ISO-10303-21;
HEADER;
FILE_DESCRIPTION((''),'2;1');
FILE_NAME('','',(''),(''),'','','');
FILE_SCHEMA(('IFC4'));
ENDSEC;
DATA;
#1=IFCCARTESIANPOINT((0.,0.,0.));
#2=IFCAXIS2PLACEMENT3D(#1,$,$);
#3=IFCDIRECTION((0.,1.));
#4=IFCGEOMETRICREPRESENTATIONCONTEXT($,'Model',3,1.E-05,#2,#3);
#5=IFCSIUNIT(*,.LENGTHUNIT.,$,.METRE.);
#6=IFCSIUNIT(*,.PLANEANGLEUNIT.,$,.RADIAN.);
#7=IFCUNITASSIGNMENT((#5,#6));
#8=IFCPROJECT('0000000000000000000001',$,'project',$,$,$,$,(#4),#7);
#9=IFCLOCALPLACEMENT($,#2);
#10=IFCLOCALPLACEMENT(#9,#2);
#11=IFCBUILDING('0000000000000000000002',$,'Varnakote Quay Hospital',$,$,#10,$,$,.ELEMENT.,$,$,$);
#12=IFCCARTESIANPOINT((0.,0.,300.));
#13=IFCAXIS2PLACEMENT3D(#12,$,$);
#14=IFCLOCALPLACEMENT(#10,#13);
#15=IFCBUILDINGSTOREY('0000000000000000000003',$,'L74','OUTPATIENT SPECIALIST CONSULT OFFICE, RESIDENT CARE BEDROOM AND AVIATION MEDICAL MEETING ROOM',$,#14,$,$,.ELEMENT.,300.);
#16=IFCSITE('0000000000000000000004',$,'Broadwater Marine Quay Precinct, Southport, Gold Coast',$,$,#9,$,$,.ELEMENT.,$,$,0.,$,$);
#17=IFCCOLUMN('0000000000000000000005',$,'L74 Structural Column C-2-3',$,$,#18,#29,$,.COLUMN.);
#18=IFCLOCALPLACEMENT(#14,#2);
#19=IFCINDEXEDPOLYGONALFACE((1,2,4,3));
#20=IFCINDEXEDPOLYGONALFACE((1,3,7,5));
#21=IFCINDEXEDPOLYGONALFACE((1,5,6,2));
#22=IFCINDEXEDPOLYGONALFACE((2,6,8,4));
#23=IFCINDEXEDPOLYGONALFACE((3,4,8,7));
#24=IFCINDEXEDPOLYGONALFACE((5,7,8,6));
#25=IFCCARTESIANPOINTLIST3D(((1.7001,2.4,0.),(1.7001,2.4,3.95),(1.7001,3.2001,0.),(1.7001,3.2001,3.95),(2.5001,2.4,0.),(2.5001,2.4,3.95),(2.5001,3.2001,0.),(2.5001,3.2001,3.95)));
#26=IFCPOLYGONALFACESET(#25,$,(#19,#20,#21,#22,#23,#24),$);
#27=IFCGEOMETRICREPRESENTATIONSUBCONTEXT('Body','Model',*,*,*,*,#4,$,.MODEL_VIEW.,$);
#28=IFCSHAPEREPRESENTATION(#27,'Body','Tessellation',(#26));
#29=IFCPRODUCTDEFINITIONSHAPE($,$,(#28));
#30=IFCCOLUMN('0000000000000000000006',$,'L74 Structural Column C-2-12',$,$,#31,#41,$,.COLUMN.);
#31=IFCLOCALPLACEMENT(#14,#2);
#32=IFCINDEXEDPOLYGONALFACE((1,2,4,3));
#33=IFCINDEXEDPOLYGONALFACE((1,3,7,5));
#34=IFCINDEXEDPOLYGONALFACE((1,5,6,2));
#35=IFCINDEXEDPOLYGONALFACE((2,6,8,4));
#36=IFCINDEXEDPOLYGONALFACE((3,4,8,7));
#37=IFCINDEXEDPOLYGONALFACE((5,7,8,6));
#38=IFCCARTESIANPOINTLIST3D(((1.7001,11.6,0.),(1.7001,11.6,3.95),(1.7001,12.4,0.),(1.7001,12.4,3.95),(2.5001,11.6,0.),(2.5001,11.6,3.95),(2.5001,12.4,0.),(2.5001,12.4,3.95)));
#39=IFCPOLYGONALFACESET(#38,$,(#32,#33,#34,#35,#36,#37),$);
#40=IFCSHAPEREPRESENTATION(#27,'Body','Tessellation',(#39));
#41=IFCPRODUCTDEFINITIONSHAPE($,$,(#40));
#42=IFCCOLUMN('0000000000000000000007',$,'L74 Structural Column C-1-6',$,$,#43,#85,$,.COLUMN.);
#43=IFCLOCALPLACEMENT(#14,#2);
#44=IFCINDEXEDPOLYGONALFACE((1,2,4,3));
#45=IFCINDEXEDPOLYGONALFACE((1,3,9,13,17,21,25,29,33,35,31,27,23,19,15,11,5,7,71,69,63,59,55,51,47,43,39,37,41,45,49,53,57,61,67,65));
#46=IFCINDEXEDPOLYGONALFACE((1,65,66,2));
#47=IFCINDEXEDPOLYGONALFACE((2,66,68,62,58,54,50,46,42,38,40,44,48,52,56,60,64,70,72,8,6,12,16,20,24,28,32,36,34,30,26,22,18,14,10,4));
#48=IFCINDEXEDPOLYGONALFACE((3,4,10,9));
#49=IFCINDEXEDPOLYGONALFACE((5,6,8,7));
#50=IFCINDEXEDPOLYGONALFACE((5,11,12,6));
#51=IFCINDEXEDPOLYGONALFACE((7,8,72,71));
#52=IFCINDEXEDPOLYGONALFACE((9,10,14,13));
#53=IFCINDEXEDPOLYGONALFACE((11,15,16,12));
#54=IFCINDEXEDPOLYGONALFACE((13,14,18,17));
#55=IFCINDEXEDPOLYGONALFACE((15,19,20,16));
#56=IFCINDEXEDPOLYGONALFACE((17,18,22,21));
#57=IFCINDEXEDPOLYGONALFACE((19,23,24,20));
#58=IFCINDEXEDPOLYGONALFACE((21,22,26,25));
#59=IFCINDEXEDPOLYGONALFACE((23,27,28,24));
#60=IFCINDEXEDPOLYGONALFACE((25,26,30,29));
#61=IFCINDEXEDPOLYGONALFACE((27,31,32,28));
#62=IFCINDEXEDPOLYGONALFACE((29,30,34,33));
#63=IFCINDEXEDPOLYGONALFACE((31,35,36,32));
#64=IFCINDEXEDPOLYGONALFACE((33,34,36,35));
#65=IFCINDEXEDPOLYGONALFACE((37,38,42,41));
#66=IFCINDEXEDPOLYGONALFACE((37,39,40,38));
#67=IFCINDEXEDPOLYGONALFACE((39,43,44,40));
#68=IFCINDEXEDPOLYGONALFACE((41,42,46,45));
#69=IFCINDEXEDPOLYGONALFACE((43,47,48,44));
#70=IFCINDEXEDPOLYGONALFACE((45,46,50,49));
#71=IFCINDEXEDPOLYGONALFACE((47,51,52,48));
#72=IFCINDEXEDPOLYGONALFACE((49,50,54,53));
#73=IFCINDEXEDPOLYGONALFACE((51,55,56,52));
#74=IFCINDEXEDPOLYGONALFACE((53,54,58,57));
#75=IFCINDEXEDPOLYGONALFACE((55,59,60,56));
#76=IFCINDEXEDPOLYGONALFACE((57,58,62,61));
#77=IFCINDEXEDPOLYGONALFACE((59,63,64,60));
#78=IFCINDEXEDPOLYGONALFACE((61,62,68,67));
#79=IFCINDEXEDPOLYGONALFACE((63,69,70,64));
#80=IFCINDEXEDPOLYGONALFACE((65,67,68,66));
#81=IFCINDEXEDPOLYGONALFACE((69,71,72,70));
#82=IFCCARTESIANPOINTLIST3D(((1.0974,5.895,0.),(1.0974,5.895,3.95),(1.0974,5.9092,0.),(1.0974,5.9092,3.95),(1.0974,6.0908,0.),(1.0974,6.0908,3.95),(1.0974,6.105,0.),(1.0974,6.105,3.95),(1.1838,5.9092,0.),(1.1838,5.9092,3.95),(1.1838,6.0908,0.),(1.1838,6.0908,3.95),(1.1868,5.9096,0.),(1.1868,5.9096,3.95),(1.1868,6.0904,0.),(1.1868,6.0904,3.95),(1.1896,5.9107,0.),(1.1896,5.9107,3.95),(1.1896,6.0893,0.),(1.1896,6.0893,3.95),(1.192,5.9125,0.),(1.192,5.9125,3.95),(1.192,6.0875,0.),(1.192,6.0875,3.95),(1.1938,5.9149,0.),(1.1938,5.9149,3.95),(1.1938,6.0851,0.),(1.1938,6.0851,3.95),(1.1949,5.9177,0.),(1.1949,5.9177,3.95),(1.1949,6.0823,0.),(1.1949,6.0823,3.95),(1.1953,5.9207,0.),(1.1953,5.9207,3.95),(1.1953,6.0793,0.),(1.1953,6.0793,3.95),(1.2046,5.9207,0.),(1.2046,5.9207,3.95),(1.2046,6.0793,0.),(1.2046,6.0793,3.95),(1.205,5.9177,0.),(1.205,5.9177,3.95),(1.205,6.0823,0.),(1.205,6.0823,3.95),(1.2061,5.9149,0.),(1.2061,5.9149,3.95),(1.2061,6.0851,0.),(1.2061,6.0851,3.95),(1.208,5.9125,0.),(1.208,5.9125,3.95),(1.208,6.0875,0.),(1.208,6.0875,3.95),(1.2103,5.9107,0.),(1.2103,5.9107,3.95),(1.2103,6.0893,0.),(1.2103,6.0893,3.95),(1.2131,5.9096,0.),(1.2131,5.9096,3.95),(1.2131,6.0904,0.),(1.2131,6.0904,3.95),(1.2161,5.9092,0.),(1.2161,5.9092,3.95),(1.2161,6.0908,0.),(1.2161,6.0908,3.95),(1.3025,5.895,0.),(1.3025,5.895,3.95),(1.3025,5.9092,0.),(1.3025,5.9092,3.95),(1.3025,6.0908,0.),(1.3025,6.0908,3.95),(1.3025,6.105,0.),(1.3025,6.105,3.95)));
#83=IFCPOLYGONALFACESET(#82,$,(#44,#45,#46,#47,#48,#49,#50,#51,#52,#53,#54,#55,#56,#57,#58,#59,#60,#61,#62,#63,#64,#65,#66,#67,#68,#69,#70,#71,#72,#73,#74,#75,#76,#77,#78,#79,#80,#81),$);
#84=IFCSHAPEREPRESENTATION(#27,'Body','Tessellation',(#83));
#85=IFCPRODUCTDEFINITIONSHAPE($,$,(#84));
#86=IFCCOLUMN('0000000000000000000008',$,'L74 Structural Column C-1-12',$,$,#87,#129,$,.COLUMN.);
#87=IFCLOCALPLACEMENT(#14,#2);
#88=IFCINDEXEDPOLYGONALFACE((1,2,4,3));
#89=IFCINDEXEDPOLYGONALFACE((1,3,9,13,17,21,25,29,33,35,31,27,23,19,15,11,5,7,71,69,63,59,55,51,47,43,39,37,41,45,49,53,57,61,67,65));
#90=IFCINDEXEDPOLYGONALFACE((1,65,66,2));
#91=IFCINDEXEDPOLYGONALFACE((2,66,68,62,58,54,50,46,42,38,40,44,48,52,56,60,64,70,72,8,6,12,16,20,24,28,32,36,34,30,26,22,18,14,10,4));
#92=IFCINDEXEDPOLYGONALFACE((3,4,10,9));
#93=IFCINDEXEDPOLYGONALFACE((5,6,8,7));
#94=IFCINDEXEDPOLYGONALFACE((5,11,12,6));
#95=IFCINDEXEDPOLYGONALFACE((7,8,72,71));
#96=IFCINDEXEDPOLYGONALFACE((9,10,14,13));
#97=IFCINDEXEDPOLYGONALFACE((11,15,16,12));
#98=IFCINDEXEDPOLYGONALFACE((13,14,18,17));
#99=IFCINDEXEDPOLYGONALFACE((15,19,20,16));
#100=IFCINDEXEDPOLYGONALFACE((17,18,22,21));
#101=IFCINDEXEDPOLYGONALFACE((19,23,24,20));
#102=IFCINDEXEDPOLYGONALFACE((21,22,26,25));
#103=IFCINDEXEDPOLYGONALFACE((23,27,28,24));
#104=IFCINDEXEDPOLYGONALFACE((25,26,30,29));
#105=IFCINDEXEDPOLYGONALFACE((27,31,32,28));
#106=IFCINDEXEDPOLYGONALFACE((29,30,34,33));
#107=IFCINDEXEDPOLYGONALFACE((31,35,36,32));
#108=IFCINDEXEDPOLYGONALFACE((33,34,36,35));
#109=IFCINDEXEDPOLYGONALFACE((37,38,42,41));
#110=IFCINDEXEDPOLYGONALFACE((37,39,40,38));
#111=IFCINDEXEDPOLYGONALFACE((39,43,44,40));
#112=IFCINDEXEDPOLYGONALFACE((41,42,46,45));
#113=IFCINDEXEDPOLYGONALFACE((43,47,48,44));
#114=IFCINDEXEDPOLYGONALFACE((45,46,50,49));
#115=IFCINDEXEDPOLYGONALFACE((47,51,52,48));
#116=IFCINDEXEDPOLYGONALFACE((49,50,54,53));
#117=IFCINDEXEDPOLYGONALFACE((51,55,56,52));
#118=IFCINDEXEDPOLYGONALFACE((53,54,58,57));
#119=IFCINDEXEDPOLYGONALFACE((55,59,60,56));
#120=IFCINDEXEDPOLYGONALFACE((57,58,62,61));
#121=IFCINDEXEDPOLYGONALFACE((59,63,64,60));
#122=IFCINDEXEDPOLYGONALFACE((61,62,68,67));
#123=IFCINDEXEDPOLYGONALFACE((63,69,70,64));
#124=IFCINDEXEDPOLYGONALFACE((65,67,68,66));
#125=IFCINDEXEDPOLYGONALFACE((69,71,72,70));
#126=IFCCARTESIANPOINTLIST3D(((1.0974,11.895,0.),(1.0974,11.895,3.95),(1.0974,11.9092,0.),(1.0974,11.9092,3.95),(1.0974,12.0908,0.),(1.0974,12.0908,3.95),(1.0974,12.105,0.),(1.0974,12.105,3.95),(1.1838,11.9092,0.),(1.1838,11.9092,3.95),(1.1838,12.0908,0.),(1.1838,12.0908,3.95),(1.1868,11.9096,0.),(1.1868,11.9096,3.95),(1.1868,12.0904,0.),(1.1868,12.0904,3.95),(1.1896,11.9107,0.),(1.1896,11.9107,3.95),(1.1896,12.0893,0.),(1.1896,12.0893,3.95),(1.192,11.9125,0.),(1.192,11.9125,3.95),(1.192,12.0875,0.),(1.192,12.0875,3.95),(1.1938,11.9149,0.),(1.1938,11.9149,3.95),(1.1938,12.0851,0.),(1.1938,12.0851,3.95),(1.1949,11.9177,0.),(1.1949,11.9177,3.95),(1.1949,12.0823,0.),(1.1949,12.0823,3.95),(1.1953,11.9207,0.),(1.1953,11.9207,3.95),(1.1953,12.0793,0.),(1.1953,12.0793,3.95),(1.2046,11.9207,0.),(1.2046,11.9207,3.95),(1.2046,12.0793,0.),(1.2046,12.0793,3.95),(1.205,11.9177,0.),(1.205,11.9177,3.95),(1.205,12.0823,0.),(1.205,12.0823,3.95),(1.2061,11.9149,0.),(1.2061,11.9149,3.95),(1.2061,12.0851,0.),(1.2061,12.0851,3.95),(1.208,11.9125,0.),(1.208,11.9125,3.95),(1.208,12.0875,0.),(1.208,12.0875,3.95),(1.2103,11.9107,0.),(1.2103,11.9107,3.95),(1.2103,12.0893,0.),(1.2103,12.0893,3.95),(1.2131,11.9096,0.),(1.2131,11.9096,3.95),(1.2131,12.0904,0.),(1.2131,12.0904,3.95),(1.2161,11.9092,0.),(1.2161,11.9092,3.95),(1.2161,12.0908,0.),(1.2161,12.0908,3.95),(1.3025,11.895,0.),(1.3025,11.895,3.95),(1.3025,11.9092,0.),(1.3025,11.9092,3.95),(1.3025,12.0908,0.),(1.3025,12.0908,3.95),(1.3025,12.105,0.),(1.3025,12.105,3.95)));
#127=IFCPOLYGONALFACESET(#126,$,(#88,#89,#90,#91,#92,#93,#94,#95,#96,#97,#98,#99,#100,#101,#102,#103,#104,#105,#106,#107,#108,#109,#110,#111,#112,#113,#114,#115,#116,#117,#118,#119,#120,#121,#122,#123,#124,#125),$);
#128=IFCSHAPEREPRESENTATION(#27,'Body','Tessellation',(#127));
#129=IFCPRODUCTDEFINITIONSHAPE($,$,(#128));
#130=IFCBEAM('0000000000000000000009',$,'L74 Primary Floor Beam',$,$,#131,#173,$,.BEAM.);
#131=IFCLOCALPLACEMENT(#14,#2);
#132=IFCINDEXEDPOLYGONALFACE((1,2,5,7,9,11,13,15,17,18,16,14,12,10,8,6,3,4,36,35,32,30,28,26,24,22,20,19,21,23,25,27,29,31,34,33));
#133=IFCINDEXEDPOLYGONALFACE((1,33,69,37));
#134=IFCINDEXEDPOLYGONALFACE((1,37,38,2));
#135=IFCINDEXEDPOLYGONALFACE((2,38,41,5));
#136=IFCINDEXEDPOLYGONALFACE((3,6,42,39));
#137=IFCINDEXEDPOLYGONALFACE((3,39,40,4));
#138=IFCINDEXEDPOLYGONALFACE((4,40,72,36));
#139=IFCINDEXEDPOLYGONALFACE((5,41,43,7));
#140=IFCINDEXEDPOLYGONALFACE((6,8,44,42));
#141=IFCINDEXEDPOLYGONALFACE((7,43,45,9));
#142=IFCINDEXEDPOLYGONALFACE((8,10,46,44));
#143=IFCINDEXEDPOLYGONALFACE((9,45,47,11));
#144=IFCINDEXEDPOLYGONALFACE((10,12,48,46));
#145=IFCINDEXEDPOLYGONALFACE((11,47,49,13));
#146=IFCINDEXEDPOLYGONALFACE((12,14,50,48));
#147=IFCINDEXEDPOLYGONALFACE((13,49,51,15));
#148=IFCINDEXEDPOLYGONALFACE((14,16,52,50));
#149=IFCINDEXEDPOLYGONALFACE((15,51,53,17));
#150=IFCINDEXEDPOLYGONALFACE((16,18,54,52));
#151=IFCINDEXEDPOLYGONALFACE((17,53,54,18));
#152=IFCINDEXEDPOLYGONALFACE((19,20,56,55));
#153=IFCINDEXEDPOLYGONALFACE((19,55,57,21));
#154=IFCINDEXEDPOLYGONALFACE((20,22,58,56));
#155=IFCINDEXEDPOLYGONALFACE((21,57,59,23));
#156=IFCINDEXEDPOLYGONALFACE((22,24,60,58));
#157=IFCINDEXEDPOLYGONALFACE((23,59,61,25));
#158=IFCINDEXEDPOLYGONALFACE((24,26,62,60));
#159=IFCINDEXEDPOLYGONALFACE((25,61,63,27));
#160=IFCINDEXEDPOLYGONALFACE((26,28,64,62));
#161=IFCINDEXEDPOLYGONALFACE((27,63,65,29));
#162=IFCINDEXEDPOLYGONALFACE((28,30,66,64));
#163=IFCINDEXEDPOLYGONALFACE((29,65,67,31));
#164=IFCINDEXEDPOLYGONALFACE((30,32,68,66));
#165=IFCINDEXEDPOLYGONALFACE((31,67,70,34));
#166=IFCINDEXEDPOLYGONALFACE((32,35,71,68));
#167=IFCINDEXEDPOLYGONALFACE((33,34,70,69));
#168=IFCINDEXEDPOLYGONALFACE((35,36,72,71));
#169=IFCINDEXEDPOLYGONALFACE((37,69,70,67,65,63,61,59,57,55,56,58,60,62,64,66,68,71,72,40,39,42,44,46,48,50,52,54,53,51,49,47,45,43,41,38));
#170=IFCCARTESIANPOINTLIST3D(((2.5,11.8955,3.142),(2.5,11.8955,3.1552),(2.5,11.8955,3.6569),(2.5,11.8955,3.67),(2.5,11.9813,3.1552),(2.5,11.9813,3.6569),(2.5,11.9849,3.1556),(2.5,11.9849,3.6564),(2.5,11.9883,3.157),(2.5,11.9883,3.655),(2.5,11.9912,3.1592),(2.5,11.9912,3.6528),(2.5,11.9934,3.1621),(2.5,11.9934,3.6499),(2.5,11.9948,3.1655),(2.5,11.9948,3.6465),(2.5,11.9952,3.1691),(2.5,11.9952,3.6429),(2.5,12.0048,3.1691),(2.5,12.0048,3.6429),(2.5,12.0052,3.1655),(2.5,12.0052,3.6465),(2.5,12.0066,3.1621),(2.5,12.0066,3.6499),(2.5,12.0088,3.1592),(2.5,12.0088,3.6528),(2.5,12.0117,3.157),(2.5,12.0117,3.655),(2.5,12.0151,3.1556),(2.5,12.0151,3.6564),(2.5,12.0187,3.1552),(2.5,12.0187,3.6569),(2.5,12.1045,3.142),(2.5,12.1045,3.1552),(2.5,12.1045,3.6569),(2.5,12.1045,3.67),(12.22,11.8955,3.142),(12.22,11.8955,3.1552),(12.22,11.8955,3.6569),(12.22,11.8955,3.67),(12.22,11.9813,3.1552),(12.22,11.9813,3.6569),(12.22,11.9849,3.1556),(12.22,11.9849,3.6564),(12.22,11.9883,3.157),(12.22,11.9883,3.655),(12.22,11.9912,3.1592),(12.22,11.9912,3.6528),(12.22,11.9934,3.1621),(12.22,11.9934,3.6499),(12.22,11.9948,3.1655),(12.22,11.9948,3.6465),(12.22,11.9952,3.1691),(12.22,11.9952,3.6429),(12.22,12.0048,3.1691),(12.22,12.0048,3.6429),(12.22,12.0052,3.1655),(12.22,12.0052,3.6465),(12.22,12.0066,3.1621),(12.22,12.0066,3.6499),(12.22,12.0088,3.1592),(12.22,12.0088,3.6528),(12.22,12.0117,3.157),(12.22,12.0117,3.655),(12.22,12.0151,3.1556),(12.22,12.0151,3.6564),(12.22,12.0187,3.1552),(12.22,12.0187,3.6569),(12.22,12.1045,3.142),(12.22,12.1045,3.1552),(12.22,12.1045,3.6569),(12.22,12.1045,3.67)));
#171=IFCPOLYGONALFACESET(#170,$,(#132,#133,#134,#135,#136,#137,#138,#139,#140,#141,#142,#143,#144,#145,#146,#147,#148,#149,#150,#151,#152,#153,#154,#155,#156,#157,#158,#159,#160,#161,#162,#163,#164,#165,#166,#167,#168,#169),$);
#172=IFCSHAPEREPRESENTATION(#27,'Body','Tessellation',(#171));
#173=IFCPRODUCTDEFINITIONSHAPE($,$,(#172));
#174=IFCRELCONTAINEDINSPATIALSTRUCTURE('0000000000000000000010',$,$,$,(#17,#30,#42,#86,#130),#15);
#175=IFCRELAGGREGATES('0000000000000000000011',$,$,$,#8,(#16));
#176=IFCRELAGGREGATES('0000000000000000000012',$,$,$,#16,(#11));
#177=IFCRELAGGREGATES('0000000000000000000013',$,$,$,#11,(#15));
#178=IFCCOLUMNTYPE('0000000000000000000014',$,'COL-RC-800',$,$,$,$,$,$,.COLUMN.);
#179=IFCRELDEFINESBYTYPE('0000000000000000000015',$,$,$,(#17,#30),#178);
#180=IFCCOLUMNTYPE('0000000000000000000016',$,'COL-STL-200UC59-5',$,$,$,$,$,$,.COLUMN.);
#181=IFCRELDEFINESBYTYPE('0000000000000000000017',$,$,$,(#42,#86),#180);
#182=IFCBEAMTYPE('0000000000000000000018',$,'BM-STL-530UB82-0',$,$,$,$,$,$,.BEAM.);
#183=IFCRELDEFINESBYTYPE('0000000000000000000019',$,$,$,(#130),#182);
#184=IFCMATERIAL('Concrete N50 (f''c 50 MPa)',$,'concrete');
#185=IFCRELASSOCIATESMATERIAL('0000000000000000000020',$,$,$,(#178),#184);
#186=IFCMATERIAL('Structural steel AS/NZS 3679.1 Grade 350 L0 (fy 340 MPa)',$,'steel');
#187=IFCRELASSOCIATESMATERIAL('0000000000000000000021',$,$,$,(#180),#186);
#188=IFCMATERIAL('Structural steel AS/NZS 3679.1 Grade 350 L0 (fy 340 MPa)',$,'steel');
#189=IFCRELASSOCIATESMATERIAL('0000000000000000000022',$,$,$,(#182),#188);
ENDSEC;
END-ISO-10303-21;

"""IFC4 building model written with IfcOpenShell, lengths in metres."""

from ifc_helpers import new_model, si_unit, direction, frame, origin, origin_2d, place, context, subcontext, project, spatial, rectangle, i_section, extrude, material, material_profile, profile_set, type_object, element, save


model = new_model("IFC4")

# Units and contexts
model_context = context("Model", 3, precision=1e-05, world=origin(), true_north=direction((0.0, 1.0)))
body_context = subcontext(model_context, "Body", "Model", "MODEL_VIEW")
ifc_project = project(units=[si_unit("LENGTHUNIT", "METRE"), si_unit("PLANEANGLEUNIT", "RADIAN")], contexts=[model_context])

# Site, building, storey
site_placement = place(None, origin())
site = spatial("IfcSite", under=ifc_project, at=site_placement, Name="Broadwater Marine Quay Precinct, Southport, Gold Coast", CompositionType="ELEMENT", RefElevation=0.0)
building_placement = place(site_placement, origin())
building = spatial("IfcBuilding", under=site, at=building_placement, Name="Varnakote Quay Hospital", CompositionType="ELEMENT")
storey_placement = place(building_placement, frame((0.0, 0.0, 300.0)))
storey = spatial("IfcBuildingStorey", under=building, at=storey_placement, Name="L74", Description="OUTPATIENT SPECIALIST CONSULT OFFICE, RESIDENT CARE BEDROOM AND AVIATION MEDICAL MEETING ROOM", CompositionType="ELEMENT", Elevation=300.0)

# Columns
ifc_material_1 = material(Name="Concrete N50 (f'c 50 MPa)", Category="concrete")
ifc_material_profile_1 = material_profile(ifc_material_1, rectangle(XDim=0.8, YDim=0.8, at=origin_2d()), Name="RC-COL-800x800")
ifc_profile_set_1 = profile_set([ifc_material_profile_1], Name="Concrete N50 (f'c 50 MPa)")
column_type_1 = type_object("IfcColumnType", Name="COL-RC-800", PredefinedType="COLUMN", material=ifc_profile_set_1)
for number, where, z_axis, x_axis, name in (
    (1, (2.1001, 2.8, 0.0), (0.0, 0.0, 1.0), (1.0, 0.0, 0.0), "L74 Structural Column C-2-3"),
    (2, (2.1001, 12.0, 0.0), (0.0, 0.0, 1.0), (1.0, 0.0, 0.0), "L74 Structural Column C-2-12"),
):
    element("IfcColumn", number, at=place(storey_placement, frame(where, z_axis=z_axis, x_axis=x_axis)), inside=storey, type_object=column_type_1, Name=name, PredefinedType="COLUMN", context=body_context, shape_type="SweptSolid", body=[
        extrude(rectangle(XDim=0.8, YDim=0.8, at=origin_2d()), origin(), (0.0, 0.0, 1.0), 3.95),
    ])
ifc_material_2 = material(Name="Structural steel AS/NZS 3679.1 Grade 350 L0 (fy 340 MPa)", Category="steel")
ifc_material_profile_2 = material_profile(ifc_material_2, i_section(OverallWidth=0.2051, OverallDepth=0.21, WebThickness=0.0093, FlangeThickness=0.0142, FilletRadius=0.0115, at=origin_2d()), Name="200UC59.5")
ifc_profile_set_2 = profile_set([ifc_material_profile_2], Name="Structural steel AS/NZS 3679.1 Grade 350 L0 (fy 340 MPa)")
column_type_2 = type_object("IfcColumnType", Name="COL-STL-200UC59-5", PredefinedType="COLUMN", material=ifc_profile_set_2)
for number, where, z_axis, x_axis, name in (
    (3, (1.2, 6.0, 0.0), (0.0, 0.0, 1.0), (1.0, 0.0, 0.0), "L74 Structural Column C-1-6"),
    (4, (1.2, 12.0, 0.0), (0.0, 0.0, 1.0), (1.0, 0.0, 0.0), "L74 Structural Column C-1-12"),
):
    element("IfcColumn", number, at=place(storey_placement, frame(where, z_axis=z_axis, x_axis=x_axis)), inside=storey, type_object=column_type_2, Name=name, PredefinedType="COLUMN", context=body_context, shape_type="SweptSolid", body=[
        extrude(i_section(OverallWidth=0.2051, OverallDepth=0.21, WebThickness=0.0093, FlangeThickness=0.0142, FilletRadius=0.0115, at=origin_2d()), origin(), (0.0, 0.0, 1.0), 3.95),
    ])

# Beam
ifc_material_3 = material(Name="Structural steel AS/NZS 3679.1 Grade 350 L0 (fy 340 MPa)", Category="steel")
ifc_material_profile_3 = material_profile(ifc_material_3, i_section(OverallWidth=0.209, OverallDepth=0.5281, WebThickness=0.0095, FlangeThickness=0.0132, FilletRadius=0.0139, at=origin_2d()), Name="530UB82.0")
ifc_profile_set_3 = profile_set([ifc_material_profile_3], Name="Structural steel AS/NZS 3679.1 Grade 350 L0 (fy 340 MPa)")
beam_type_1 = type_object("IfcBeamType", Name="BM-STL-530UB82-0", PredefinedType="BEAM", material=ifc_profile_set_3)
beam_1_placement = place(storey_placement, frame((2.5, 12.0, 3.406), z_axis=(1.0, 0.0, 0.0), x_axis=(0.0, 1.0, 0.0)))
element("IfcBeam", 5, at=beam_1_placement, inside=storey, type_object=beam_type_1, Name="L74 Primary Floor Beam", PredefinedType="BEAM", context=body_context, shape_type="SweptSolid", body=[
    extrude(i_section(OverallWidth=0.209, OverallDepth=0.5281, WebThickness=0.0095, FlangeThickness=0.0132, FilletRadius=0.0139, at=origin_2d()), origin(), (0.0, 0.0, 1.0), 9.72),
])

save(model, "model.ifc")
